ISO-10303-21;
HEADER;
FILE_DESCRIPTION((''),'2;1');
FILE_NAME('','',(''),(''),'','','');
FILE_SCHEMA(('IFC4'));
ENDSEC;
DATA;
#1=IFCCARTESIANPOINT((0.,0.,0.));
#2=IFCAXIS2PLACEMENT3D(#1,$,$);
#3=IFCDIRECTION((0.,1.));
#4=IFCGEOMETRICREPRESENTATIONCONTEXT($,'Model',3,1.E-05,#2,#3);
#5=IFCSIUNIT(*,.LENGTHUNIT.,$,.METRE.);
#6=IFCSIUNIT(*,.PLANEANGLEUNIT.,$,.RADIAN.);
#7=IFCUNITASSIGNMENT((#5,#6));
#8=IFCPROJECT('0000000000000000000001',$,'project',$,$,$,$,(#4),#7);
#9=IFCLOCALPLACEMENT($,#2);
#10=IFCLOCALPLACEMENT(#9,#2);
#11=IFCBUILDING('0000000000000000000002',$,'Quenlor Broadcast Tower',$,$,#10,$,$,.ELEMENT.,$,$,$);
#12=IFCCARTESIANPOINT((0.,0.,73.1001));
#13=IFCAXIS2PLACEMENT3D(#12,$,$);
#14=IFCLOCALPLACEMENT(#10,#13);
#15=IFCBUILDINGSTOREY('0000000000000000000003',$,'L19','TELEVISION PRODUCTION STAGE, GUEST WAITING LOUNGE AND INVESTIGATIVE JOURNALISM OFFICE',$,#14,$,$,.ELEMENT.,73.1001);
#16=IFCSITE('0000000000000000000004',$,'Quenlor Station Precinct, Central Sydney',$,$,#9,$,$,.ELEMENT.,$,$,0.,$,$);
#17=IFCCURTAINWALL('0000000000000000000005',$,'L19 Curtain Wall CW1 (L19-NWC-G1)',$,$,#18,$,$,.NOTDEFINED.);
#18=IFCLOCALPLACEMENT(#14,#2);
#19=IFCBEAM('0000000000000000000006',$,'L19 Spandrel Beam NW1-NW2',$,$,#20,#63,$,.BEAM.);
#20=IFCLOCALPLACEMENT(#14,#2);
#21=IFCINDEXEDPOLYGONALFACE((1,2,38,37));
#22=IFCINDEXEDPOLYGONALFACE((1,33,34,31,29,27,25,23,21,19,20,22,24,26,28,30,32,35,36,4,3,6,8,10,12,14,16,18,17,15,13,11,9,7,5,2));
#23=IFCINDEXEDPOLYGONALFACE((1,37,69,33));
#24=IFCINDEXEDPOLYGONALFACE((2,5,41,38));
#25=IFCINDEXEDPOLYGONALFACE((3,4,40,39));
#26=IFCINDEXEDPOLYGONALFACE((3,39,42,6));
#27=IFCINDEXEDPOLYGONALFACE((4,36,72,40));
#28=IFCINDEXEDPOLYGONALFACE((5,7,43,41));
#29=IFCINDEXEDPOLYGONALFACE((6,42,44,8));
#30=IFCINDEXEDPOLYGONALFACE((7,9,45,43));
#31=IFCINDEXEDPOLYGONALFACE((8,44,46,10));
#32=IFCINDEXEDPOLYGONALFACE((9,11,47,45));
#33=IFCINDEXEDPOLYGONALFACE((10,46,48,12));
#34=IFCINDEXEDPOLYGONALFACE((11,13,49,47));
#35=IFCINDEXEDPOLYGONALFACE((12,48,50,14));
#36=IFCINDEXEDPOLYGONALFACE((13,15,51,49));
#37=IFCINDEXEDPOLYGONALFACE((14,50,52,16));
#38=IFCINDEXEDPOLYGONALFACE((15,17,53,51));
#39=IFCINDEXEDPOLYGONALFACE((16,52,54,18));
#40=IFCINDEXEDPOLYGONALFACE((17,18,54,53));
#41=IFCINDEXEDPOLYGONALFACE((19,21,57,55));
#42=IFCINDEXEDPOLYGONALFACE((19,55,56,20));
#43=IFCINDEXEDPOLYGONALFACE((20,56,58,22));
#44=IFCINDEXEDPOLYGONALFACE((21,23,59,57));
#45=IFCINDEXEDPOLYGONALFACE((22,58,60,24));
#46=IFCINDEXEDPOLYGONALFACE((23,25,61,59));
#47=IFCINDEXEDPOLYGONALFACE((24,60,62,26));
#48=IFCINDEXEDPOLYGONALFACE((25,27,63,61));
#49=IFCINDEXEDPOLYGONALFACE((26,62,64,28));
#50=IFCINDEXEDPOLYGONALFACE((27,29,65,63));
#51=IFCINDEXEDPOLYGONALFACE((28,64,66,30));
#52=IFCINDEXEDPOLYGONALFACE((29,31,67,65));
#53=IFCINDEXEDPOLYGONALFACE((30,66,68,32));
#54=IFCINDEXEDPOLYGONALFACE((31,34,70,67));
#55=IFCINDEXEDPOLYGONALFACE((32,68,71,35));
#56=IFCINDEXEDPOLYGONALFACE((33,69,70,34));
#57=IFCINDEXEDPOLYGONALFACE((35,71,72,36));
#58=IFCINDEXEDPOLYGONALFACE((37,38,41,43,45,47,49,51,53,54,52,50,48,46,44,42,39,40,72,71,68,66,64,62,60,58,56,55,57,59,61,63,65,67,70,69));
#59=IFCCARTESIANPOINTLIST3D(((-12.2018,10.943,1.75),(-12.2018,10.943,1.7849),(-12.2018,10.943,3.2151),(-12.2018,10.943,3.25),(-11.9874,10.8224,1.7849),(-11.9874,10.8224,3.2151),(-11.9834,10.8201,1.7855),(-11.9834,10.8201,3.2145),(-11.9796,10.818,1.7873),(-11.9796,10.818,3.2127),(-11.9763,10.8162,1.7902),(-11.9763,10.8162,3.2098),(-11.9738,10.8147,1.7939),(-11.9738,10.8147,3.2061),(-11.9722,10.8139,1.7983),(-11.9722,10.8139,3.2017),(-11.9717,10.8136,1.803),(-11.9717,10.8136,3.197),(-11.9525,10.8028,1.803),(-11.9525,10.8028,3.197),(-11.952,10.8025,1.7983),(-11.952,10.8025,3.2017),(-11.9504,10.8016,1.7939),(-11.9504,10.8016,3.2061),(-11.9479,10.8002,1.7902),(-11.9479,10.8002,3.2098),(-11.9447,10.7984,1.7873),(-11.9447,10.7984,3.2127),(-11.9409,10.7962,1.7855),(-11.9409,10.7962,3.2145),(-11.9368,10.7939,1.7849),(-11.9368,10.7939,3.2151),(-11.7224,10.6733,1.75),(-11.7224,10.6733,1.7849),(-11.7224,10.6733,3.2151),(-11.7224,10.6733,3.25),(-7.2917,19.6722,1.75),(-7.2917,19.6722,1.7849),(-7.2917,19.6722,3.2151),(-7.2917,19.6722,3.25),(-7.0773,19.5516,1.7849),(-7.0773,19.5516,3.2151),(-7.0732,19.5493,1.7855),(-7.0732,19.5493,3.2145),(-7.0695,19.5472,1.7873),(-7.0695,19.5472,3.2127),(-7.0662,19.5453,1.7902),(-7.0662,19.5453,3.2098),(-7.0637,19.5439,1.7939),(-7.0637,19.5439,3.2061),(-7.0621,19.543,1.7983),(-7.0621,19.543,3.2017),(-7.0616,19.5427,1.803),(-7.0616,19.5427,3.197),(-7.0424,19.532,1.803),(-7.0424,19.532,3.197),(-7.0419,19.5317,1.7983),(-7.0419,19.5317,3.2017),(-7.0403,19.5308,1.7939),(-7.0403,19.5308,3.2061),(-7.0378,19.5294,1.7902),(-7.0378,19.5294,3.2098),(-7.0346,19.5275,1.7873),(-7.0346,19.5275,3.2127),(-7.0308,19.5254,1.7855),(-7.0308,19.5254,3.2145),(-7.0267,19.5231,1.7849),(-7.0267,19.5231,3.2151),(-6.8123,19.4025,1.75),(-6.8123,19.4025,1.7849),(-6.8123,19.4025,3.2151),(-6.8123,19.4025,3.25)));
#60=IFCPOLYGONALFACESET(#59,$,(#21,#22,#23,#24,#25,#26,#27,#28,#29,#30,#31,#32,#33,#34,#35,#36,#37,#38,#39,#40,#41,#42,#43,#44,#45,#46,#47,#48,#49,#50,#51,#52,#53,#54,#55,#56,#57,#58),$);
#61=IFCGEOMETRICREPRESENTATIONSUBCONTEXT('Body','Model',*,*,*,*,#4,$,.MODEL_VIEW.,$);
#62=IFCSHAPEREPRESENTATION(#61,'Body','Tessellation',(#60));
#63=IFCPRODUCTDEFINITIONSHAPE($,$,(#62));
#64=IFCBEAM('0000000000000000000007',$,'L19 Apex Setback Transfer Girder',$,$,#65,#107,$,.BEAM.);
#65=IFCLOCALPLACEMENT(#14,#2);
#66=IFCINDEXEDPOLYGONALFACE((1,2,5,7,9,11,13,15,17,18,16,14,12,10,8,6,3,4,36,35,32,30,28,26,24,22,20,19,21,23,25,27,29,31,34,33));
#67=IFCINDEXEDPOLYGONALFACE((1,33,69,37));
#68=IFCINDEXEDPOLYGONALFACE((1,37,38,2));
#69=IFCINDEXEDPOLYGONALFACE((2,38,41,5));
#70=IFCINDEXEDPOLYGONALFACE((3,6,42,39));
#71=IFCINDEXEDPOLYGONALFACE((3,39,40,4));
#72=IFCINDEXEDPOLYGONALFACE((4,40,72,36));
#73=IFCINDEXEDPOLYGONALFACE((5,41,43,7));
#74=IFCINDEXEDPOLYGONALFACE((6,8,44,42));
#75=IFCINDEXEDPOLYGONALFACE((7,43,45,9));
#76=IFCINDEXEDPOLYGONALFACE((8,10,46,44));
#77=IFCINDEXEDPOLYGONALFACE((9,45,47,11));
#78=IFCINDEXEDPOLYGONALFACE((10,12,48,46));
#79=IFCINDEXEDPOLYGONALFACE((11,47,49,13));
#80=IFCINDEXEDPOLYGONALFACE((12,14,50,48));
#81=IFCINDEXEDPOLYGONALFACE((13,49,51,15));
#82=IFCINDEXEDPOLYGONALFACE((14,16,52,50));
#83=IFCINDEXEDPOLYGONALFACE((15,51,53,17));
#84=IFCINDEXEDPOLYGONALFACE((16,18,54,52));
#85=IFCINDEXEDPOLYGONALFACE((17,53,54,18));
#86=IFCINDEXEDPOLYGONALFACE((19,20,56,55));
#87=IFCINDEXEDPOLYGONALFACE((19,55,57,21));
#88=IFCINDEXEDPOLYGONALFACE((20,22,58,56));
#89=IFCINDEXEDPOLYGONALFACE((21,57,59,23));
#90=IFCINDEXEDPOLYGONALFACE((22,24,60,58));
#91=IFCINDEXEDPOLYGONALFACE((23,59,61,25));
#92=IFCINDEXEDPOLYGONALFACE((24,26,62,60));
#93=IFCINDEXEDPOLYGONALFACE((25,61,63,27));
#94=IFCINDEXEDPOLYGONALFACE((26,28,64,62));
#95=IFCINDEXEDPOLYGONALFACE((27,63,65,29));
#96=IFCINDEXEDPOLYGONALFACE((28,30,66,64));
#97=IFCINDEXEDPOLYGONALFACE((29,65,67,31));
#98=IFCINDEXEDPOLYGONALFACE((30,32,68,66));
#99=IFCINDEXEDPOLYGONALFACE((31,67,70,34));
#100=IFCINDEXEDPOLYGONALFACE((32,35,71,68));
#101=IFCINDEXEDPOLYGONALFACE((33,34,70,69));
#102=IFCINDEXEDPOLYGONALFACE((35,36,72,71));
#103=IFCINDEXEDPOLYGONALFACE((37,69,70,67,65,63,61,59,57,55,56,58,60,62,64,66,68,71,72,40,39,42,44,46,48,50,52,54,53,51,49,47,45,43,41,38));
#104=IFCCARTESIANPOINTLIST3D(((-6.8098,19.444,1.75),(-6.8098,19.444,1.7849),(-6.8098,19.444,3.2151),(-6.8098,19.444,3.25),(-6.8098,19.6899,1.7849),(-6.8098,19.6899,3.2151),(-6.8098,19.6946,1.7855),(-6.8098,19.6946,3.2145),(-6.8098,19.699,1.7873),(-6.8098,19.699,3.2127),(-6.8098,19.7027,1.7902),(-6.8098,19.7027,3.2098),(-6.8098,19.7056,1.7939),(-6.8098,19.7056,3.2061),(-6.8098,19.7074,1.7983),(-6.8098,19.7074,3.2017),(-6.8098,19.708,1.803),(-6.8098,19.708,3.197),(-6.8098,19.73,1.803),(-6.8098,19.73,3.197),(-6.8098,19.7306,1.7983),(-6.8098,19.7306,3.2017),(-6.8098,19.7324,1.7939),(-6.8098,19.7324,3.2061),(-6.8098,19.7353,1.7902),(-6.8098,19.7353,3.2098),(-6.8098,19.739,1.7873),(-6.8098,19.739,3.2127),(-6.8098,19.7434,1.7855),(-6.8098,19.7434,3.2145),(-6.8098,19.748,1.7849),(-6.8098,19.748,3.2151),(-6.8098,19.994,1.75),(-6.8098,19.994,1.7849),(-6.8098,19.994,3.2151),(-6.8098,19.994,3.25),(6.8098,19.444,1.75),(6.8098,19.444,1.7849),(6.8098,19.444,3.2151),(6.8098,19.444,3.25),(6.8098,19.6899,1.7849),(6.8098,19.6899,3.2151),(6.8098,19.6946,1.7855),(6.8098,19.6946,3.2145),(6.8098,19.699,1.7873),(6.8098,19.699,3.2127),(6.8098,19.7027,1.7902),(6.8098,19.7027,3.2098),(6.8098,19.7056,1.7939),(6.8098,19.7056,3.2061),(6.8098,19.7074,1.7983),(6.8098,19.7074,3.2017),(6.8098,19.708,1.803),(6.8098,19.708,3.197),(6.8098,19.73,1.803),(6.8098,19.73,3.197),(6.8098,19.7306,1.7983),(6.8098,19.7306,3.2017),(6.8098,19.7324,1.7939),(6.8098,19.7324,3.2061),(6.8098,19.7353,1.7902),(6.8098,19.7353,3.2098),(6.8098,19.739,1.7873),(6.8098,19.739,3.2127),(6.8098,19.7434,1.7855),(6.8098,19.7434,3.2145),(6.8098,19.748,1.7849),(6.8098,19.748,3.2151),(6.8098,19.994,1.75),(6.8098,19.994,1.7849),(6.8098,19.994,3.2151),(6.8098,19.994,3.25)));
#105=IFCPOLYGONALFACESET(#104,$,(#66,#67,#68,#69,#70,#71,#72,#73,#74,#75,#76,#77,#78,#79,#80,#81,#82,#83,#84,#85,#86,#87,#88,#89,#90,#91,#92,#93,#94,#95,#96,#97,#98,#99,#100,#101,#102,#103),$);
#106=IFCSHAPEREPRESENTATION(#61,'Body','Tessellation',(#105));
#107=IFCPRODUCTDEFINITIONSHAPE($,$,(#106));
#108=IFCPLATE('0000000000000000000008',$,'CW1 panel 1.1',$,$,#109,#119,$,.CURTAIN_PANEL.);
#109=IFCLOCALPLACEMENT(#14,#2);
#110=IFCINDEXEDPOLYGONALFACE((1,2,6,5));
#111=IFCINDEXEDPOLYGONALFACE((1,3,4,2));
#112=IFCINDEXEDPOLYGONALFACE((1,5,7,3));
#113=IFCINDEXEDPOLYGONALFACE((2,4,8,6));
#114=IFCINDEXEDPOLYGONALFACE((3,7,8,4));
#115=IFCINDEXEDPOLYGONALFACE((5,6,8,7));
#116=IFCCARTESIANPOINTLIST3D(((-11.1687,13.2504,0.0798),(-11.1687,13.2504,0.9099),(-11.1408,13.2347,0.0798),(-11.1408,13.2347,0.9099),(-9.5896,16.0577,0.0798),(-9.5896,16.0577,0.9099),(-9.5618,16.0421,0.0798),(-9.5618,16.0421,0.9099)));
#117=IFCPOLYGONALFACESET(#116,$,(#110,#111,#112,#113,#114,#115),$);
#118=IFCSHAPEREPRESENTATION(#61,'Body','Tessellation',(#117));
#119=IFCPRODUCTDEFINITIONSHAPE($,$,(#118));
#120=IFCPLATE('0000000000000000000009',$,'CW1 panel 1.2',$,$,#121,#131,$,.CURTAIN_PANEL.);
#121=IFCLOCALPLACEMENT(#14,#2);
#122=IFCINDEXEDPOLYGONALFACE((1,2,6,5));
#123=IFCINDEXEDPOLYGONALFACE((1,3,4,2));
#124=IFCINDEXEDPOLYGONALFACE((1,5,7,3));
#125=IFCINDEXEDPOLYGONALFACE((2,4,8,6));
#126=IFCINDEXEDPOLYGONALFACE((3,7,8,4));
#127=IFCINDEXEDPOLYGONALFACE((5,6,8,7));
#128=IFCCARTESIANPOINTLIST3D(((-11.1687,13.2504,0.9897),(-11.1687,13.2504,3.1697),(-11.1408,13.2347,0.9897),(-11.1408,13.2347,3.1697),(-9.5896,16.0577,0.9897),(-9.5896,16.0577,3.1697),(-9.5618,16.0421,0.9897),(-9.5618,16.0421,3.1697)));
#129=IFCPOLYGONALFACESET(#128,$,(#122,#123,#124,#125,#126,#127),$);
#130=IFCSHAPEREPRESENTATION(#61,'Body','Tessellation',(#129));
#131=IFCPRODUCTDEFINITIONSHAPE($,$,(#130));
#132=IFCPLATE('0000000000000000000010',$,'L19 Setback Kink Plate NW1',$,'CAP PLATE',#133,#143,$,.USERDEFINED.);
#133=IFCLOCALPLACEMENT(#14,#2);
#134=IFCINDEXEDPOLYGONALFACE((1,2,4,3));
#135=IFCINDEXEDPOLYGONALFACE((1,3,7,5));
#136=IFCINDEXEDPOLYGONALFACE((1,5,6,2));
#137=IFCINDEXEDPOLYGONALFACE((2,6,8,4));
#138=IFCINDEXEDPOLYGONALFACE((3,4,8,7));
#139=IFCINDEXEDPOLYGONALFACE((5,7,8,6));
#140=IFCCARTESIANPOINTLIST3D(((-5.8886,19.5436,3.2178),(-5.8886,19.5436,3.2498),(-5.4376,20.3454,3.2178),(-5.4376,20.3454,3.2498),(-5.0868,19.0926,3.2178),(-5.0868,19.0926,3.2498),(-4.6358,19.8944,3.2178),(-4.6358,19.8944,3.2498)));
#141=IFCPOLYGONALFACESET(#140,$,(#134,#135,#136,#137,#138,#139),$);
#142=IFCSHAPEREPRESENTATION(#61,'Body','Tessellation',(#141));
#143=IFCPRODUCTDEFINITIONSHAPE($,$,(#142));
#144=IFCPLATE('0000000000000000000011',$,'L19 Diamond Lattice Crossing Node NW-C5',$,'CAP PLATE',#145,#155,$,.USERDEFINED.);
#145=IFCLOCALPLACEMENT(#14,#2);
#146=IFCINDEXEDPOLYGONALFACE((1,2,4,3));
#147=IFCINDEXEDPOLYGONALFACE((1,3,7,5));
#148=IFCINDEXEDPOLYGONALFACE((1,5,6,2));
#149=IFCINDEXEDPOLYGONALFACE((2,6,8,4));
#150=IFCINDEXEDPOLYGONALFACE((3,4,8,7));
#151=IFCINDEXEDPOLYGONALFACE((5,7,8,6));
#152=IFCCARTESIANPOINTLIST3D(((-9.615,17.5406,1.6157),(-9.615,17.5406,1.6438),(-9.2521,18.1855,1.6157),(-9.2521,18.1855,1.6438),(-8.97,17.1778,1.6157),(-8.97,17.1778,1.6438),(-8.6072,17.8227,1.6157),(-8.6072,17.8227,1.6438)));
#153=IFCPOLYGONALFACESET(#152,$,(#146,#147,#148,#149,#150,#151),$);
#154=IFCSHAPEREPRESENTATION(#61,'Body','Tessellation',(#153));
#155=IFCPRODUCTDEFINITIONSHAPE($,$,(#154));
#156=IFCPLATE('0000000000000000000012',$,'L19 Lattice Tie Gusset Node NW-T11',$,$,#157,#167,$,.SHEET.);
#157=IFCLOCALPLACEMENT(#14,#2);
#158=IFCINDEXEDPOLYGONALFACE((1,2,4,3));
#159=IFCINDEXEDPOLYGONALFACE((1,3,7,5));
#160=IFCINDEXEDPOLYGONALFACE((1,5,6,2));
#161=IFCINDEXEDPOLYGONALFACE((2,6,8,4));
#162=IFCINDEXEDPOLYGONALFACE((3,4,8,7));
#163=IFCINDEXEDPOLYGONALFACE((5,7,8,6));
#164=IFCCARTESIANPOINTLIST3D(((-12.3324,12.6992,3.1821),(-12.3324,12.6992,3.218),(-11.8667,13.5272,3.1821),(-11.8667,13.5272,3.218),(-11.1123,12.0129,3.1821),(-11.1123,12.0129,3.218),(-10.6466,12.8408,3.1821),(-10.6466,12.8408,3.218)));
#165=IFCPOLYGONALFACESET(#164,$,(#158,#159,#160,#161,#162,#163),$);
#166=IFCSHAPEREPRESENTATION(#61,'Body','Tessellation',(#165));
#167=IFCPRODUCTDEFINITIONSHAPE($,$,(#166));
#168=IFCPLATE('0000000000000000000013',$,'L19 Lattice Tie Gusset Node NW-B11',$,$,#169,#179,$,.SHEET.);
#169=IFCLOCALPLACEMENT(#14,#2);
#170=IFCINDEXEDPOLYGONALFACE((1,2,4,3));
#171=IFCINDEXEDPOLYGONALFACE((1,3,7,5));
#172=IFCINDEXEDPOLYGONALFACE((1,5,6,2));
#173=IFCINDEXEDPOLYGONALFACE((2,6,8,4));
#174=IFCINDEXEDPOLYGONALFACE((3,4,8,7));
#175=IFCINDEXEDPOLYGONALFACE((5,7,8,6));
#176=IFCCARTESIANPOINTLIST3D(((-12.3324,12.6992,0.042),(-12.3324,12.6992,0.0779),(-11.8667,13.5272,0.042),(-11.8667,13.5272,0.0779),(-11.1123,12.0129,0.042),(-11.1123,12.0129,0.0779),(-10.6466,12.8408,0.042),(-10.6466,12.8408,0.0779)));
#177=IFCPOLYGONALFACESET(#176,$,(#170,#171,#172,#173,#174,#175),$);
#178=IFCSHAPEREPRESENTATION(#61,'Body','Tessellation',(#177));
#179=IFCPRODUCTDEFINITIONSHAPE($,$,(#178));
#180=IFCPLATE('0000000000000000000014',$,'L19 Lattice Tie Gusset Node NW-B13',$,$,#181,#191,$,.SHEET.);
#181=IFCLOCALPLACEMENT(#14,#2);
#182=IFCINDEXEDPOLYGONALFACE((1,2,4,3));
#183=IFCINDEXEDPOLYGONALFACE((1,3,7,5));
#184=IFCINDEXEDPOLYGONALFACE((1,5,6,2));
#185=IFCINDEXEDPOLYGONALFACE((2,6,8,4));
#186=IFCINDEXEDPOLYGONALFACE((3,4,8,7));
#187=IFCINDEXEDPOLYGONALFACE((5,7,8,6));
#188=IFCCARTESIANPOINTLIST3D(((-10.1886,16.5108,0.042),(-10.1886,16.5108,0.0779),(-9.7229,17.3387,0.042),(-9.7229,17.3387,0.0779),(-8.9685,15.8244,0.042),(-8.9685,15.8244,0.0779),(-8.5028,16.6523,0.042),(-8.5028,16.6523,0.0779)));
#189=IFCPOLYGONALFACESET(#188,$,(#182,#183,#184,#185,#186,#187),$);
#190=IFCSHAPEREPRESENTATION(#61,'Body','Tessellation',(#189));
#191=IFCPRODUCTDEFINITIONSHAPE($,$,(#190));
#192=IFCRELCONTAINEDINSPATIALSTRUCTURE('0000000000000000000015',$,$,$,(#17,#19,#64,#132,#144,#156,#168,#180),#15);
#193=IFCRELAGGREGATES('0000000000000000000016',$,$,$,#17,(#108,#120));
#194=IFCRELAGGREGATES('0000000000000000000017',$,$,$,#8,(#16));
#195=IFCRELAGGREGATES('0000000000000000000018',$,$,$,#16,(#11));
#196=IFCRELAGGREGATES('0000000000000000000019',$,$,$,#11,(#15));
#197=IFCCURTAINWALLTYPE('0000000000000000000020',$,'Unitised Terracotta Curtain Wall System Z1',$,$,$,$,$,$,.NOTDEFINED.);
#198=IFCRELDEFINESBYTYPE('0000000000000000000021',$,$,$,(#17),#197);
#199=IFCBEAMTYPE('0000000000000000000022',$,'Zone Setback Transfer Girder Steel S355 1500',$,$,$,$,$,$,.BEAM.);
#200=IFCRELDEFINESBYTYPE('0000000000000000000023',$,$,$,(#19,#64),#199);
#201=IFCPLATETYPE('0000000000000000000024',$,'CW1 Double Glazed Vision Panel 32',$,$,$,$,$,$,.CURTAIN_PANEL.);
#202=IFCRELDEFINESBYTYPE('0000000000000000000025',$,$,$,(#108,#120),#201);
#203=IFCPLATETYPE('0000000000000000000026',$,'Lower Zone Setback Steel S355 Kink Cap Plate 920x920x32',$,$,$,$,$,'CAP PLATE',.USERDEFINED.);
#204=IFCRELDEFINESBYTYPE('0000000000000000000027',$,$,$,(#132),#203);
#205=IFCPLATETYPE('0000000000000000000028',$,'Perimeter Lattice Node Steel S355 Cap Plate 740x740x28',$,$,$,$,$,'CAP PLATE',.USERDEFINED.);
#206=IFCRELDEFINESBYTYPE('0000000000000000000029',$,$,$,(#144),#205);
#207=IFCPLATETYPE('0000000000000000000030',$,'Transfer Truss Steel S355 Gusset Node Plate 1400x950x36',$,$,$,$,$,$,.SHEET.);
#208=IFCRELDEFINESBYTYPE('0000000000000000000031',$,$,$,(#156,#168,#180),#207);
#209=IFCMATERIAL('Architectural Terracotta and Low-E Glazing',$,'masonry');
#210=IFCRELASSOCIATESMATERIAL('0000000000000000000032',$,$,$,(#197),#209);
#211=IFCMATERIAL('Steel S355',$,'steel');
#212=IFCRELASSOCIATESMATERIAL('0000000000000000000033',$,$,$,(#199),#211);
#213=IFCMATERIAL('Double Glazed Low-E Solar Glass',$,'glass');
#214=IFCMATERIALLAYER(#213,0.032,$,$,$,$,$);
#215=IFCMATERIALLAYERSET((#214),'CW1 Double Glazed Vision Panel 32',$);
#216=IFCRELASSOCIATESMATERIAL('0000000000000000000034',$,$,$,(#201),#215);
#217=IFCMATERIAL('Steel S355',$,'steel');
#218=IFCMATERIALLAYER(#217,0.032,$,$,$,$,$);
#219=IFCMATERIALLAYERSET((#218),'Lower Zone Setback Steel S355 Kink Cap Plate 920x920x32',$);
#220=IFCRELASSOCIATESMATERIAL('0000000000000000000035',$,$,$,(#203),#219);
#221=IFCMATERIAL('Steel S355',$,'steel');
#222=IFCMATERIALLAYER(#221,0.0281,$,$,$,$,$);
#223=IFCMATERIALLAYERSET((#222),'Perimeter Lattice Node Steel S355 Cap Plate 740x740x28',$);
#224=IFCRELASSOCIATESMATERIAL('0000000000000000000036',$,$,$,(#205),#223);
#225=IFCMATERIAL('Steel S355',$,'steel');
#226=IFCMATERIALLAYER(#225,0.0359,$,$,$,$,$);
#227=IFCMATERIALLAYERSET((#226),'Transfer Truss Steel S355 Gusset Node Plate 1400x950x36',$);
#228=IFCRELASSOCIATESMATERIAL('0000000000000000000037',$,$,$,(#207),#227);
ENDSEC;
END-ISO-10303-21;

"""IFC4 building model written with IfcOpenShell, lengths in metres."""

from ifc_helpers import new_model, si_unit, direction, frame, origin, origin_2d, place, context, subcontext, project, spatial, rectangle, i_section, extrude, material, layer, layer_set, material_profile, profile_set, type_object, element, aggregate, save


model = new_model("IFC4")

# Units and contexts
model_context = context("Model", 3, precision=1e-05, world=origin(), true_north=direction((0.0, 1.0)))
body_context = subcontext(model_context, "Body", "Model", "MODEL_VIEW")
ifc_project = project(units=[si_unit("LENGTHUNIT", "METRE"), si_unit("PLANEANGLEUNIT", "RADIAN")], contexts=[model_context])

# Site, building, storey
site_placement = place(None, origin())
site = spatial("IfcSite", under=ifc_project, at=site_placement, Name="Quenlor Station Precinct, Central Sydney", CompositionType="ELEMENT", RefElevation=0.0)
building_placement = place(site_placement, origin())
building = spatial("IfcBuilding", under=site, at=building_placement, Name="Quenlor Broadcast Tower", CompositionType="ELEMENT")
storey_placement = place(building_placement, frame((0.0, 0.0, 73.1001)))
storey = spatial("IfcBuildingStorey", under=building, at=storey_placement, Name="L19", Description="TELEVISION PRODUCTION STAGE, GUEST WAITING LOUNGE AND INVESTIGATIVE JOURNALISM OFFICE", CompositionType="ELEMENT", Elevation=73.1001)

# Curtain wall
ifc_material_1 = material(Name="Architectural Terracotta and Low-E Glazing", Category="masonry")
curtain_wall_type = type_object("IfcCurtainWallType", Name="Unitised Terracotta Curtain Wall System Z1", PredefinedType="NOTDEFINED", material=ifc_material_1)
curtain_wall_placement = place(storey_placement, origin())
curtain_wall = element("IfcCurtainWall", 1, at=curtain_wall_placement, inside=storey, type_object=curtain_wall_type, Name="L19 Curtain Wall CW1 (L19-NWC-G1)", PredefinedType="NOTDEFINED")

# Beams
ifc_material_2 = material(Name="Steel S355", Category="steel")
ifc_material_profile_1 = material_profile(ifc_material_2, i_section(OverallWidth=0.55, OverallDepth=1.5, WebThickness=0.022, FlangeThickness=0.0349, FilletRadius=0.0181, at=origin_2d()))
ifc_profile_set_1 = profile_set([ifc_material_profile_1], Name="Steel S355 1500TG510")
beam_type_1 = type_object("IfcBeamType", Name="Zone Setback Transfer Girder Steel S355 1500", PredefinedType="BEAM", material=ifc_profile_set_1)
beam_1_placement = place(storey_placement, frame((-7.052, 19.5374, 2.5), z_axis=(-0.490258, -0.871577, 0.0), x_axis=(0.871577, -0.490258, 0.0)))
element("IfcBeam", 2, at=beam_1_placement, inside=storey, type_object=beam_type_1, Name="L19 Spandrel Beam NW1-NW2", PredefinedType="BEAM", context=body_context, shape_type="SweptSolid", body=[
    extrude(i_section(OverallWidth=0.55, OverallDepth=1.5, WebThickness=0.022, FlangeThickness=0.0349, FilletRadius=0.0181, at=origin_2d()), origin(), (0.0, 0.0, 1.0), 10.0154),
])
beam_2_placement = place(storey_placement, frame((-6.8098, 19.719, 2.5), z_axis=(1.0, 0.0, 0.0), x_axis=(0.0, 1.0, 0.0)))
element("IfcBeam", 3, at=beam_2_placement, inside=storey, type_object=beam_type_1, Name="L19 Apex Setback Transfer Girder", PredefinedType="BEAM", context=body_context, shape_type="SweptSolid", body=[
    extrude(i_section(OverallWidth=0.55, OverallDepth=1.5, WebThickness=0.022, FlangeThickness=0.0349, FilletRadius=0.0181, at=origin_2d()), origin(), (0.0, 0.0, 1.0), 13.6196),
])

# Plates
ifc_material_3 = material(Name="Double Glazed Low-E Solar Glass", Category="glass")
ifc_layer_1 = layer(ifc_material_3, 0.032)
ifc_layer_set_1 = layer_set([ifc_layer_1], Name="CW1 Double Glazed Vision Panel 32")
plate_type_1 = type_object("IfcPlateType", Name="CW1 Double Glazed Vision Panel 32", PredefinedType="CURTAIN_PANEL", material=ifc_layer_set_1)
plate_1_placement = place(storey_placement, frame((-10.3652, 14.6462, 0.0798), z_axis=(0.0, 0.0, 1.0), x_axis=(0.490244, 0.871585, 0.0)))
plate_1 = element("IfcPlate", 4, at=plate_1_placement, type_object=plate_type_1, Name="CW1 panel 1.1", PredefinedType="CURTAIN_PANEL", context=body_context, shape_type="SweptSolid", body=[
    extrude(rectangle(XDim=3.2209, YDim=0.032, at=origin_2d()), origin(), (0.0, 0.0, 1.0), 0.8301),
])
plate_2_placement = place(storey_placement, frame((-10.3652, 14.6462, 0.9897), z_axis=(0.0, 0.0, 1.0), x_axis=(0.490244, 0.871585, 0.0)))
plate_2 = element("IfcPlate", 5, at=plate_2_placement, type_object=plate_type_1, Name="CW1 panel 1.2", PredefinedType="CURTAIN_PANEL", context=body_context, shape_type="SweptSolid", body=[
    extrude(rectangle(XDim=3.2209, YDim=0.032, at=origin_2d()), origin(), (0.0, 0.0, 1.0), 2.1799),
])
aggregate(curtain_wall, [plate_1, plate_2])

# Plates
ifc_material_4 = material(Name="Steel S355", Category="steel")
ifc_layer_2 = layer(ifc_material_4, 0.032)
ifc_layer_set_2 = layer_set([ifc_layer_2], Name="Lower Zone Setback Steel S355 Kink Cap Plate 920x920x32")
plate_type_2 = type_object("IfcPlateType", Name="Lower Zone Setback Steel S355 Kink Cap Plate 920x920x32", ElementType="CAP PLATE", PredefinedType="USERDEFINED", material=ifc_layer_set_2)
plate_3_placement = place(storey_placement, frame((-5.2622, 19.719, 3.2178), z_axis=(0.0, 0.0, 1.0), x_axis=(-0.871575, 0.490262, 0.0)))
element("IfcPlate", 6, at=plate_3_placement, inside=storey, type_object=plate_type_2, Name="L19 Setback Kink Plate NW1", ObjectType="CAP PLATE", PredefinedType="USERDEFINED", context=body_context, shape_type="SweptSolid", body=[
    extrude(rectangle(XDim=0.9199, YDim=0.9199, at=origin_2d()), origin(), (0.0, 0.0, 1.0), 0.032),
])
ifc_material_5 = material(Name="Steel S355", Category="steel")
ifc_layer_3 = layer(ifc_material_5, 0.0281)
ifc_layer_set_3 = layer_set([ifc_layer_3], Name="Perimeter Lattice Node Steel S355 Cap Plate 740x740x28")
plate_type_3 = type_object("IfcPlateType", Name="Perimeter Lattice Node Steel S355 Cap Plate 740x740x28", ElementType="CAP PLATE", PredefinedType="USERDEFINED", material=ifc_layer_set_3)
plate_4_placement = place(storey_placement, frame((-9.1111, 17.6816, 1.6157), z_axis=(0.0, 0.0, 1.0), x_axis=(0.490295, 0.871556, 0.0)))
element("IfcPlate", 7, at=plate_4_placement, inside=storey, type_object=plate_type_3, Name="L19 Diamond Lattice Crossing Node NW-C5", ObjectType="CAP PLATE", PredefinedType="USERDEFINED", context=body_context, shape_type="SweptSolid", body=[
    extrude(rectangle(XDim=0.74, YDim=0.74, at=origin_2d()), origin(), (0.0, 0.0, 1.0), 0.0281),
])
ifc_material_6 = material(Name="Steel S355", Category="steel")
ifc_layer_4 = layer(ifc_material_6, 0.0359)
ifc_layer_set_4 = layer_set([ifc_layer_4], Name="Transfer Truss Steel S355 Gusset Node Plate 1400x950x36")
plate_type_4 = type_object("IfcPlateType", Name="Transfer Truss Steel S355 Gusset Node Plate 1400x950x36", PredefinedType="SHEET", material=ifc_layer_set_4)
for number, where, z_axis, x_axis, name in (
    (8, (-11.4895, 12.77, 3.1821), (0.0, 0.0, 1.0), (-0.871556, 0.490295, 0.0), "L19 Lattice Tie Gusset Node NW-T11"),
    (9, (-11.4895, 12.77, 0.042), (0.0, 0.0, 1.0), (-0.871556, 0.490295, 0.0), "L19 Lattice Tie Gusset Node NW-B11"),
    (10, (-9.3457, 16.5815, 0.042), (0.0, 0.0, 1.0), (-0.871556, 0.490295, 0.0), "L19 Lattice Tie Gusset Node NW-B13"),
):
    element("IfcPlate", number, at=place(storey_placement, frame(where, z_axis=z_axis, x_axis=x_axis)), inside=storey, type_object=plate_type_4, Name=name, PredefinedType="SHEET", context=body_context, shape_type="SweptSolid", body=[
        extrude(rectangle(XDim=1.3999, YDim=0.95, at=origin_2d()), origin(), (0.0, 0.0, 1.0), 0.0359),
    ])

save(model, "model.ifc")
